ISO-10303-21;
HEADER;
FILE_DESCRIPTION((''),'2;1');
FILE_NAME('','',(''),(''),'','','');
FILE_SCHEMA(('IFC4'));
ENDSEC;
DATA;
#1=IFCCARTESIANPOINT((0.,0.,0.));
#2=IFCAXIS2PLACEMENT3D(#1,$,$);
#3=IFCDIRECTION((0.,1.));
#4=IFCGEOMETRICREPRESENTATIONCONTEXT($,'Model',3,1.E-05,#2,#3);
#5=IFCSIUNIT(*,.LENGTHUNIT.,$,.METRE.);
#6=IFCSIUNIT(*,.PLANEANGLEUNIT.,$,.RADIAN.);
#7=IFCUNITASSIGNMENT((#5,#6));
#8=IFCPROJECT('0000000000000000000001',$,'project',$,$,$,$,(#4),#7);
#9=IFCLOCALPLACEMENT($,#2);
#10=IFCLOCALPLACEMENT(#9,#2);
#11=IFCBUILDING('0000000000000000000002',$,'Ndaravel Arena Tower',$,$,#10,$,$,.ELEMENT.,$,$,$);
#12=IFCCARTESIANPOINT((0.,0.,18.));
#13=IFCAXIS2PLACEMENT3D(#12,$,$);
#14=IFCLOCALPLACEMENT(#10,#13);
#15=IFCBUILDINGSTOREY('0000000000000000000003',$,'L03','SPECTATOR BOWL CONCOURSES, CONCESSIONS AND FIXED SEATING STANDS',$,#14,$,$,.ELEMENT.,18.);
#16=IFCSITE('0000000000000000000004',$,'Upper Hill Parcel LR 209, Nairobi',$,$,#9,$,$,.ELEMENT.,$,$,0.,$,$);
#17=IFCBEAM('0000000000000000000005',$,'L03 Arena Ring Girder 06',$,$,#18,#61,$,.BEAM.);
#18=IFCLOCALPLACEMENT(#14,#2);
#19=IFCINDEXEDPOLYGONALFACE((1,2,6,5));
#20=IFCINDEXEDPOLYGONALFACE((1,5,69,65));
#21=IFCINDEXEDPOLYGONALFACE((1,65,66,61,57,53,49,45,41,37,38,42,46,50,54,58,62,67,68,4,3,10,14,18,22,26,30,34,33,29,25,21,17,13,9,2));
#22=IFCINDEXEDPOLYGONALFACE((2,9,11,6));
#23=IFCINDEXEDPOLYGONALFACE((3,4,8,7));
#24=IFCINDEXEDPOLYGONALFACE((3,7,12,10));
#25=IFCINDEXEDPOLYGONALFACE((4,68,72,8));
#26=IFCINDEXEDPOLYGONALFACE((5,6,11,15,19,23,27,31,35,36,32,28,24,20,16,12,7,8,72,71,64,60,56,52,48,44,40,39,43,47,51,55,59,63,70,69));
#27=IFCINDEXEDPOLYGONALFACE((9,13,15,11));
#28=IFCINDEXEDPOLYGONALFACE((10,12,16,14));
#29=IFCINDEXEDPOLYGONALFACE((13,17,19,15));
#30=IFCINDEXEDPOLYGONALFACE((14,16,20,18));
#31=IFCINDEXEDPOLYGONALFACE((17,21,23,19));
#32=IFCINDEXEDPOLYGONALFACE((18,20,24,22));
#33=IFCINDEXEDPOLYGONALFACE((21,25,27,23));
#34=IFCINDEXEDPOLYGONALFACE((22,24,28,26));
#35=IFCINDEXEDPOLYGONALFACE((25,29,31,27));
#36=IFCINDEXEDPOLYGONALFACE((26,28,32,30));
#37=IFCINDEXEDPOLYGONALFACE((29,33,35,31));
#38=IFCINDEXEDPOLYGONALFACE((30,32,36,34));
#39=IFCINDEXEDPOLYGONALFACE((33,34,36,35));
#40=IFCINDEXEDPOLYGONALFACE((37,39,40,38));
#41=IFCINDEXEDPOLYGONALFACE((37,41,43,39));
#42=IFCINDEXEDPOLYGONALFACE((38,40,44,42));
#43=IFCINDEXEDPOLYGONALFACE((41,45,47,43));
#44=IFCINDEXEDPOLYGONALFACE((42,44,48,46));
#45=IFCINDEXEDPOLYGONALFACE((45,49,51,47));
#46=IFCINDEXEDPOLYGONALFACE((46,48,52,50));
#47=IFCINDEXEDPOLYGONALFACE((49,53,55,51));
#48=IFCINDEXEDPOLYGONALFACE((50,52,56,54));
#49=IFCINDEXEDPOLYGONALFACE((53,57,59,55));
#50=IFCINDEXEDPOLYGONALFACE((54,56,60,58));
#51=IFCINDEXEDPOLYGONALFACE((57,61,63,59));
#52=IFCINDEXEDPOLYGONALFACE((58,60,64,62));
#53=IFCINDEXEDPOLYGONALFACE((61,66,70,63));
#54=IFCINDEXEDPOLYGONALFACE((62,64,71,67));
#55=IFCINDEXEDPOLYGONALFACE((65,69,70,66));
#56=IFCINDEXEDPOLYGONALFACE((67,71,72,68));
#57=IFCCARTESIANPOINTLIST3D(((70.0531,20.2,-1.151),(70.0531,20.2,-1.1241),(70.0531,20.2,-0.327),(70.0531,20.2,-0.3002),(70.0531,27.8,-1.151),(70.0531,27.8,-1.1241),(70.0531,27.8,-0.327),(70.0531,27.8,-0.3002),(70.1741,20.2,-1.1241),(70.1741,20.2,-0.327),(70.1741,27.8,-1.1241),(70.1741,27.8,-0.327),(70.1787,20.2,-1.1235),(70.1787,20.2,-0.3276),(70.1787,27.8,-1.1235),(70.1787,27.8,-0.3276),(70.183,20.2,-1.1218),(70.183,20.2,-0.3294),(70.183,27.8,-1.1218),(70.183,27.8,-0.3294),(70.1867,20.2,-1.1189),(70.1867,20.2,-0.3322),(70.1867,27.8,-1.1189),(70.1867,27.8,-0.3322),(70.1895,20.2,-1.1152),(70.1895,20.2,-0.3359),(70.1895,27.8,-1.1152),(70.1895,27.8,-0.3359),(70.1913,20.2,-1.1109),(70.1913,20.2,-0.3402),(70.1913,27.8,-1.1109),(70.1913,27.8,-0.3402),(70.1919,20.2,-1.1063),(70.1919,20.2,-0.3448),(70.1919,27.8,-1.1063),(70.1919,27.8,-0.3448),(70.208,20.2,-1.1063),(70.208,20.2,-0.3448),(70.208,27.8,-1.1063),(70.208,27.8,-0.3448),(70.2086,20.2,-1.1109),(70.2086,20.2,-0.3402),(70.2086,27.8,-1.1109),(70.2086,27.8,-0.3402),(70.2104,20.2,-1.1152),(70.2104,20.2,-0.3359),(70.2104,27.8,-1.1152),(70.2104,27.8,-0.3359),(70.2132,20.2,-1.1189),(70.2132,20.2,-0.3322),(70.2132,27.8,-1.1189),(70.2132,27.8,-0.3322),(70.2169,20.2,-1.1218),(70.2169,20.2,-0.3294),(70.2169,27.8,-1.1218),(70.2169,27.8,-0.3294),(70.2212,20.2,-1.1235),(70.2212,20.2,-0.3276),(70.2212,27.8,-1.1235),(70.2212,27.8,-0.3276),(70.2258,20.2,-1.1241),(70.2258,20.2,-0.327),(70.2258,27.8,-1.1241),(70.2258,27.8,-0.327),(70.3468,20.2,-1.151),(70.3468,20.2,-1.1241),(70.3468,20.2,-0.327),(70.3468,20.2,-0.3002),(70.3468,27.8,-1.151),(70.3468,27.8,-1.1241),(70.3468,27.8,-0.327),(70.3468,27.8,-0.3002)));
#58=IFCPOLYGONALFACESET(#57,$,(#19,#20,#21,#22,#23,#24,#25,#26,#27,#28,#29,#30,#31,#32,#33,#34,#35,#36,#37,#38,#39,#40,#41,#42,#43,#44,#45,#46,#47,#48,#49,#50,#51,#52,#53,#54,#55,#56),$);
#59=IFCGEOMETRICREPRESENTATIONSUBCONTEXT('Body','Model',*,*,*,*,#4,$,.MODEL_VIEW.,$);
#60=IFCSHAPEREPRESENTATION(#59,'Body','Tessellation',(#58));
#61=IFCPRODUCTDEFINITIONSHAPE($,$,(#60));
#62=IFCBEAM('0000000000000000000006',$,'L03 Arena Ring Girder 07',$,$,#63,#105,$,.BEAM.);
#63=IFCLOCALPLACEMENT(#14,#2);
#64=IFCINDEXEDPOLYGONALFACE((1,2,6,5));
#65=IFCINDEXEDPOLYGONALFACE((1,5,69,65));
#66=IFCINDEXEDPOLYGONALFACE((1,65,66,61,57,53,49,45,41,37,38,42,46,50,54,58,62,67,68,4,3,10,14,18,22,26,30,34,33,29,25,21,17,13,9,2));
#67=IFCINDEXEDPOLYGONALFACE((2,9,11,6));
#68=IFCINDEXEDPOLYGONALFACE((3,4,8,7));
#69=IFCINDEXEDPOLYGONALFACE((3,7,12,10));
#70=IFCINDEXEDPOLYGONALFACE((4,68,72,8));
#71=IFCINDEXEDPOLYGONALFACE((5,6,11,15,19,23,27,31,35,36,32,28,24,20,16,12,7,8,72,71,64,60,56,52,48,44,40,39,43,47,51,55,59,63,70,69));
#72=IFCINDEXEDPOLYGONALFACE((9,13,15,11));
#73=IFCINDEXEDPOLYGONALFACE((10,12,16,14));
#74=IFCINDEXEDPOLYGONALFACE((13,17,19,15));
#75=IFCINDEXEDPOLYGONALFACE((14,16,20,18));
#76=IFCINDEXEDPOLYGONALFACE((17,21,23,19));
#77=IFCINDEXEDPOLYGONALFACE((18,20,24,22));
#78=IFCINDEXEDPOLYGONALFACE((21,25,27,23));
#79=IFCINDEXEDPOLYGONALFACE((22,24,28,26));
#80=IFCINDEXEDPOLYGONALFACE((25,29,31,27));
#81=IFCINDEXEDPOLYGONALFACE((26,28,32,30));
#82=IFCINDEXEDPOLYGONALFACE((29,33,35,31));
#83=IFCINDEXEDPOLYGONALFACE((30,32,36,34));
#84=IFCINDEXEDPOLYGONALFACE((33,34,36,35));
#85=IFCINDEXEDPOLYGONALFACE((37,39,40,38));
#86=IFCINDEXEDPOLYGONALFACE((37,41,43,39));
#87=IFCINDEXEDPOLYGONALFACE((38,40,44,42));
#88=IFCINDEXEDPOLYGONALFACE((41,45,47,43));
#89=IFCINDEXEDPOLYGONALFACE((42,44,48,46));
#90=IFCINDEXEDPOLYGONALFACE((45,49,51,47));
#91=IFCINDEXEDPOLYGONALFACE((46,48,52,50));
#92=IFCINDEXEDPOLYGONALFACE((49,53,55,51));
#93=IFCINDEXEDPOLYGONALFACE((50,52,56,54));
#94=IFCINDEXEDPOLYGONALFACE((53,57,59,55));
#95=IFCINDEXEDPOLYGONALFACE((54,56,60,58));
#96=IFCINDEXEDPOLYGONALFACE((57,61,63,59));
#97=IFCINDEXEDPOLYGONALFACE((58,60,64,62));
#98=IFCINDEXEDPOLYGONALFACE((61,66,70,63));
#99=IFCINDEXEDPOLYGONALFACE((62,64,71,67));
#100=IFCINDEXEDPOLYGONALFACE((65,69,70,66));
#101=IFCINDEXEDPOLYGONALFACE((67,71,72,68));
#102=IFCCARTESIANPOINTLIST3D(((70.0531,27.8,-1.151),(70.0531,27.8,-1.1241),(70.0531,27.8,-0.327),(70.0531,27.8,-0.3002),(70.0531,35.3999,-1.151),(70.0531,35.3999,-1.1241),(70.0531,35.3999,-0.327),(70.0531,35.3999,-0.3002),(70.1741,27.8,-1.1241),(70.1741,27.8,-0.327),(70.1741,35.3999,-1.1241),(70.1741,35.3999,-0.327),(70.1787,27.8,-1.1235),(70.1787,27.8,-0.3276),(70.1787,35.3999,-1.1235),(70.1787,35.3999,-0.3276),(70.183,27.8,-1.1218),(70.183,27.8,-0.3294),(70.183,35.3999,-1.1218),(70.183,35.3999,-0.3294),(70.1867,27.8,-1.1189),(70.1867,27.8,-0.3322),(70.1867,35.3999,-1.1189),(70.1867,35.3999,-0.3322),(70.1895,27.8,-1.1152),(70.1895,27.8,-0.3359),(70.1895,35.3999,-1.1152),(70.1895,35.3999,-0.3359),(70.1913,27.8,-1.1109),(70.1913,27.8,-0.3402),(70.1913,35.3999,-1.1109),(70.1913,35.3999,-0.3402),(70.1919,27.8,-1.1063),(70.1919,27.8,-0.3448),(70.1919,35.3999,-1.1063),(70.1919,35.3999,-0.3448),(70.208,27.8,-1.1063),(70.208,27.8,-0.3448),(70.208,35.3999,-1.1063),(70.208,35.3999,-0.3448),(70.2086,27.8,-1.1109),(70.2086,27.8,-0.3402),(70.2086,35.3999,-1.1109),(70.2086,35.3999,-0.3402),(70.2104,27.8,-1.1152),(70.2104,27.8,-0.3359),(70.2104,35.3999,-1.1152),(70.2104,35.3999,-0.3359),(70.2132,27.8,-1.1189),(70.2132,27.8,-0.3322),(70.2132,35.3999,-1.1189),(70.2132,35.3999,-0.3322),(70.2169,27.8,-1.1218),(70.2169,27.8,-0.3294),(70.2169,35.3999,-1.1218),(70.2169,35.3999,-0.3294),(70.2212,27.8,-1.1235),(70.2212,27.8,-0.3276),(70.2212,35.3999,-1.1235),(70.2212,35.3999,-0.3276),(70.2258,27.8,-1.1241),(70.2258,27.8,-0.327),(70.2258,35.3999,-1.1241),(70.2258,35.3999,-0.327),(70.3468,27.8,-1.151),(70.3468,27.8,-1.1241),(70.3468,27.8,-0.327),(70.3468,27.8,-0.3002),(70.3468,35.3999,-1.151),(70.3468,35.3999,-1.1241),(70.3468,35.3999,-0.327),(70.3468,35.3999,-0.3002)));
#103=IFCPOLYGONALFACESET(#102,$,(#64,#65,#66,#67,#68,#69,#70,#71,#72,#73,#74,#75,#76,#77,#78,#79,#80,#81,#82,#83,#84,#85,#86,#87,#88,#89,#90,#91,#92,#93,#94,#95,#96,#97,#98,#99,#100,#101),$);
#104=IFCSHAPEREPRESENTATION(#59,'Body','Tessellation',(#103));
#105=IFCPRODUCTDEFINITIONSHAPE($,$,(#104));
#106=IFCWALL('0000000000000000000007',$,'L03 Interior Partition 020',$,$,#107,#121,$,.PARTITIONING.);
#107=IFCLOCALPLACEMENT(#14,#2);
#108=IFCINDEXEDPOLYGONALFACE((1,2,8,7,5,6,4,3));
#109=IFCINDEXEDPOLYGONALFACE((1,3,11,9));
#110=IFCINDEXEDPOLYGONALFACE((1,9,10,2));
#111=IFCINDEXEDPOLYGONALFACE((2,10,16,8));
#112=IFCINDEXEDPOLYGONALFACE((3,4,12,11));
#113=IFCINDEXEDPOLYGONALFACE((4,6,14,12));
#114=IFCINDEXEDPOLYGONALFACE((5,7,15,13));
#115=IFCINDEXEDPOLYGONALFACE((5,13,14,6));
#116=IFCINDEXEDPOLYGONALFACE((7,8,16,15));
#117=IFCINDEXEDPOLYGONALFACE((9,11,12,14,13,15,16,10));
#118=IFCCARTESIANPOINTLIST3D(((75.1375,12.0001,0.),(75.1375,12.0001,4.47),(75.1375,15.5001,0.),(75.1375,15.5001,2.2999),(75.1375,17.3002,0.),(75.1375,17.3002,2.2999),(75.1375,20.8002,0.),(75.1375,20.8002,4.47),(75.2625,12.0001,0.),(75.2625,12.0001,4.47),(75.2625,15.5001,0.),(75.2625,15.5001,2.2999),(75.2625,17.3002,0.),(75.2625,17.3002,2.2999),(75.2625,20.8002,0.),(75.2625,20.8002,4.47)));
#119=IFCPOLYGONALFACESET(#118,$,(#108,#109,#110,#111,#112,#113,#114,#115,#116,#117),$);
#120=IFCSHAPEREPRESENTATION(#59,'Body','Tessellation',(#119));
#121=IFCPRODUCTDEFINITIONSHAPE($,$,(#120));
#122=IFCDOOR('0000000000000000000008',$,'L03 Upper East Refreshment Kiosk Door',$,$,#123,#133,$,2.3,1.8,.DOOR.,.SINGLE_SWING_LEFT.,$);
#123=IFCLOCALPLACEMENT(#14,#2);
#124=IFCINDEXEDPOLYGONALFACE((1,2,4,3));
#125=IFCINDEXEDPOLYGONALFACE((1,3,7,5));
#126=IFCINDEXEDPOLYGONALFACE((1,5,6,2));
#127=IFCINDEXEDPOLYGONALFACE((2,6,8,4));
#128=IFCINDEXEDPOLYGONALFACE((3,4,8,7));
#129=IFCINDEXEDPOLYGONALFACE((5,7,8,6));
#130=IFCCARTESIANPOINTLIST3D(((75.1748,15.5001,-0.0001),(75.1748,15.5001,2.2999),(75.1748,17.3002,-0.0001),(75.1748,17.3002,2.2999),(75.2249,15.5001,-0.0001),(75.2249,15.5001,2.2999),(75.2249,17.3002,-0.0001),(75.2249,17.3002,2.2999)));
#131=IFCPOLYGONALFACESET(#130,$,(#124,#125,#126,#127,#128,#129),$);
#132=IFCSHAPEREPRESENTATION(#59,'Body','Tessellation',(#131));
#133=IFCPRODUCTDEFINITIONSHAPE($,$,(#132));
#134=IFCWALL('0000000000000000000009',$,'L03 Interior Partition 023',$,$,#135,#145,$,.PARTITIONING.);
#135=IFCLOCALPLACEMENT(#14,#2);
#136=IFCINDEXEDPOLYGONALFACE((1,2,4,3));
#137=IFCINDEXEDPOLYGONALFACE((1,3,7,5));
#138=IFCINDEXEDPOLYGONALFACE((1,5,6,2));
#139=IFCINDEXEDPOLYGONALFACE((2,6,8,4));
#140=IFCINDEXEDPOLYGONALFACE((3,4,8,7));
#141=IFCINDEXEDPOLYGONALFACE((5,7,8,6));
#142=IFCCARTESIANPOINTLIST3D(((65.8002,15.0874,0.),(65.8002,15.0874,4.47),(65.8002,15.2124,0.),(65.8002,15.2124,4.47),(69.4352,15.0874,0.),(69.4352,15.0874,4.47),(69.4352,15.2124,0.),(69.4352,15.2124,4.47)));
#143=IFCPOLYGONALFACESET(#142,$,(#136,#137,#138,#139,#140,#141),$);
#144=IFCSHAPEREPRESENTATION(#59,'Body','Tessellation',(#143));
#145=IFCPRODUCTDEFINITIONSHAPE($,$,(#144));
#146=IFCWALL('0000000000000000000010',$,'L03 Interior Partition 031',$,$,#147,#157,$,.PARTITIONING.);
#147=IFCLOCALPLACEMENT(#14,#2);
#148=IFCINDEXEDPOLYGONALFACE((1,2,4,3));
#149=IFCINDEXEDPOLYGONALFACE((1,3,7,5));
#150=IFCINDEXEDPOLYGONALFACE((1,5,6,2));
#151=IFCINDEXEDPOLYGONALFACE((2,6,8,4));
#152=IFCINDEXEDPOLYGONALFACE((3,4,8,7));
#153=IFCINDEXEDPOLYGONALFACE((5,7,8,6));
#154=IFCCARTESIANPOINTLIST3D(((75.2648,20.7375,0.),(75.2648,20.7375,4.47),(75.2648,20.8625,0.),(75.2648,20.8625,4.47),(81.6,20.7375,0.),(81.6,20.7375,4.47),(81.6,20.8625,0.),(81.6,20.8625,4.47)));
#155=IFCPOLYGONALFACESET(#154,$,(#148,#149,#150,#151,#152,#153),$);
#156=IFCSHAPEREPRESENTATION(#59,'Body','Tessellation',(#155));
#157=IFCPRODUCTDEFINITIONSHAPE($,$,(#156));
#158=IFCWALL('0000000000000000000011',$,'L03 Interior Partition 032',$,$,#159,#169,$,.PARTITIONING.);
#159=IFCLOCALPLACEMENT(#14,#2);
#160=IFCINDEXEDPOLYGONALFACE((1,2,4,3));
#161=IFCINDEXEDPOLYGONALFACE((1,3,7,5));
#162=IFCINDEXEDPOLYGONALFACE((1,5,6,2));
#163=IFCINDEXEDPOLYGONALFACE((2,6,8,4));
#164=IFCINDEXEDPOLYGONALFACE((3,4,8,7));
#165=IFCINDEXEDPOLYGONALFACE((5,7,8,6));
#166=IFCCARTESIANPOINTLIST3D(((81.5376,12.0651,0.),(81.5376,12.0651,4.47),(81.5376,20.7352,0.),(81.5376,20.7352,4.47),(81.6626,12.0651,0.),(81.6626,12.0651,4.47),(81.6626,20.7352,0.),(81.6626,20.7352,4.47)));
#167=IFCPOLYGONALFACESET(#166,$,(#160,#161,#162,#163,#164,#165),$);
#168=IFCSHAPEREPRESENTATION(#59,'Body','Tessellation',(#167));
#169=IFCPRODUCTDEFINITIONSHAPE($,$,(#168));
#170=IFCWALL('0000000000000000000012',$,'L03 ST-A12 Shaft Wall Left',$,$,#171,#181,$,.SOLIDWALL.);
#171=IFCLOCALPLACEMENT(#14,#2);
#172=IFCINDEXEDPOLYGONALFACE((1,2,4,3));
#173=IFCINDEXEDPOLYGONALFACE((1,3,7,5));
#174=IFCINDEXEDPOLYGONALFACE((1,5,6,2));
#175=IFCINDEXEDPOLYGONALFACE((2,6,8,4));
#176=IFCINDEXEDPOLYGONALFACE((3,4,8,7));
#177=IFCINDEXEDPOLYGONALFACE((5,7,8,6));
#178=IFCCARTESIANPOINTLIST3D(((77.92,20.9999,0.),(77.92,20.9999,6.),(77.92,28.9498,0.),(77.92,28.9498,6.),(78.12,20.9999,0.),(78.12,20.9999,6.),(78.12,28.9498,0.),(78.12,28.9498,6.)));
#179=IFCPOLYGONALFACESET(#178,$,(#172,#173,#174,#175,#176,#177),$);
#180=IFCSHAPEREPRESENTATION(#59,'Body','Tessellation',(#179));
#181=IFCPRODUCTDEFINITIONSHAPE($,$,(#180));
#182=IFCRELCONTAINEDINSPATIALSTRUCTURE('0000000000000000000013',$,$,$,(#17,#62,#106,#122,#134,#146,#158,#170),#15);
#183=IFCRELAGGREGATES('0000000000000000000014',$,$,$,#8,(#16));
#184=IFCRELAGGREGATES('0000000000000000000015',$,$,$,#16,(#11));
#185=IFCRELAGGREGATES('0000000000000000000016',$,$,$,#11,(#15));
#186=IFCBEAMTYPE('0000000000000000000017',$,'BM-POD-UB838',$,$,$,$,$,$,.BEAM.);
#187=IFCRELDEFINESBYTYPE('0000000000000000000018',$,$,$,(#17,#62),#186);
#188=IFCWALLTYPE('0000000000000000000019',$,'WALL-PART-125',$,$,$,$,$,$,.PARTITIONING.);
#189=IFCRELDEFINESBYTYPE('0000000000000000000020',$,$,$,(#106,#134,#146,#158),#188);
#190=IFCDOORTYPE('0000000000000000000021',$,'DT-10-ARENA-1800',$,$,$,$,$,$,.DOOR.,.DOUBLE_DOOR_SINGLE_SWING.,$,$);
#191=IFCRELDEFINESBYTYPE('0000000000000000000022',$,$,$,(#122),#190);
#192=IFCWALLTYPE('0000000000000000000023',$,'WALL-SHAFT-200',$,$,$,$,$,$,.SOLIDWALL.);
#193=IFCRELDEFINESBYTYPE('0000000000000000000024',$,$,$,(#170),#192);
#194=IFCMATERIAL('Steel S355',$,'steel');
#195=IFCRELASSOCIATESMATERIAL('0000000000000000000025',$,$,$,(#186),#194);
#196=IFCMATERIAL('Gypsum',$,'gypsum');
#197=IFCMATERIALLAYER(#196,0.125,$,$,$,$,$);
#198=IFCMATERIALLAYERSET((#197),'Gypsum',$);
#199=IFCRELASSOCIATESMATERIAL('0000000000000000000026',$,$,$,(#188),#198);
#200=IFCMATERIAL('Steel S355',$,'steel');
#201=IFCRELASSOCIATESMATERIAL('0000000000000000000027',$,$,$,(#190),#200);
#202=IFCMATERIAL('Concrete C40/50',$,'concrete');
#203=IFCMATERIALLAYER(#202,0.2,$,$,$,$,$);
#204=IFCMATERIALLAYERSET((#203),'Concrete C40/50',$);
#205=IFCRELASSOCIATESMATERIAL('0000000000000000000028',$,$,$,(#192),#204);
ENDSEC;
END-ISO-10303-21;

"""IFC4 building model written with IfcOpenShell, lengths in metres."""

from ifc_helpers import new_model, si_unit, direction, frame, frame_2d, origin, origin_2d, place, context, subcontext, project, spatial, rectangle, i_section, extrude, material, layer, layer_set, material_profile, profile_set, type_object, element, fill, save


model = new_model("IFC4")

# Units and contexts
model_context = context("Model", 3, precision=1e-05, world=origin(), true_north=direction((0.0, 1.0)))
body_context = subcontext(model_context, "Body", "Model", "MODEL_VIEW")
ifc_project = project(units=[si_unit("LENGTHUNIT", "METRE"), si_unit("PLANEANGLEUNIT", "RADIAN")], contexts=[model_context])

# Site, building, storey
site_placement = place(None, origin())
site = spatial("IfcSite", under=ifc_project, at=site_placement, Name="Upper Hill Parcel LR 209, Nairobi", CompositionType="ELEMENT", RefElevation=0.0)
building_placement = place(site_placement, origin())
building = spatial("IfcBuilding", under=site, at=building_placement, Name="Ndaravel Arena Tower", CompositionType="ELEMENT")
storey_placement = place(building_placement, frame((0.0, 0.0, 18.0)))
storey = spatial("IfcBuildingStorey", under=building, at=storey_placement, Name="L03", Description="SPECTATOR BOWL CONCOURSES, CONCESSIONS AND FIXED SEATING STANDS", CompositionType="ELEMENT", Elevation=18.0)

# Beams
ifc_material_1 = material(Name="Steel S355", Category="steel")
ifc_material_profile_1 = material_profile(ifc_material_1, i_section(OverallWidth=0.2937, OverallDepth=0.8508, WebThickness=0.0161, FlangeThickness=0.0269, FilletRadius=0.0178, at=origin_2d()), Name="UB 838x292x226")
ifc_profile_set_1 = profile_set([ifc_material_profile_1], Name="Steel S355")
beam_type_1 = type_object("IfcBeamType", Name="BM-POD-UB838", PredefinedType="BEAM", material=ifc_profile_set_1)
beam_1_placement = place(storey_placement, frame((70.2, 20.2, -0.7256), z_axis=(0.0, 1.0, 0.0), x_axis=(-1.0, 0.0, 0.0)))
element("IfcBeam", 1, at=beam_1_placement, inside=storey, type_object=beam_type_1, Name="L03 Arena Ring Girder 06", PredefinedType="BEAM", context=body_context, shape_type="SweptSolid", body=[
    extrude(i_section(OverallWidth=0.2937, OverallDepth=0.8508, WebThickness=0.0161, FlangeThickness=0.0269, FilletRadius=0.0178, at=origin_2d()), origin(), (0.0, 0.0, 1.0), 7.6001),
])
beam_2_placement = place(storey_placement, frame((70.2, 27.8, -0.7256), z_axis=(0.0, 1.0, 0.0), x_axis=(-1.0, 0.0, 0.0)))
element("IfcBeam", 2, at=beam_2_placement, inside=storey, type_object=beam_type_1, Name="L03 Arena Ring Girder 07", PredefinedType="BEAM", context=body_context, shape_type="SweptSolid", body=[
    extrude(i_section(OverallWidth=0.2937, OverallDepth=0.8508, WebThickness=0.0161, FlangeThickness=0.0269, FilletRadius=0.0178, at=origin_2d()), origin(), (0.0, 0.0, 1.0), 7.5999),
])

# Wall, opening, door
ifc_material_2 = material(Name="Gypsum", Category="gypsum")
ifc_layer_1 = layer(ifc_material_2, 0.125)
ifc_layer_set_1 = layer_set([ifc_layer_1], Name="Gypsum")
wall_type_1 = type_object("IfcWallType", Name="WALL-PART-125", PredefinedType="PARTITIONING", material=ifc_layer_set_1)
wall_1_placement = place(storey_placement, frame((75.2, 20.8, 0.0), z_axis=(0.0, 0.0, 1.0), x_axis=(0.0, -1.0, 0.0)))
wall_1 = element("IfcWall", 3, at=wall_1_placement, inside=storey, type_object=wall_type_1, Name="L03 Interior Partition 020", PredefinedType="PARTITIONING", context=body_context, shape_type="SweptSolid", body=[
    extrude(rectangle(XDim=8.8, YDim=0.125, at=frame_2d((4.3999, 0.0))), origin(), (0.0, 0.0, 1.0), 4.47),
])
opening_1_placement = place(wall_1_placement, frame((3.5, 0.0, 0.0)))
opening_1 = element("IfcOpeningElement", 4, at=opening_1_placement, cuts=wall_1, PredefinedType="OPENING", context=body_context, shape_type="SweptSolid", body=[
    extrude(rectangle(XDim=1.8, YDim=2.3, at=frame_2d((0.8999, 1.1499))), frame((0.0, 0.0625, 0.0), z_axis=(0.0, -1.0, 0.0), x_axis=(1.0, 0.0, 0.0)), (0.0, 0.0, 1.0), 0.125),
])
ifc_material_3 = material(Name="Steel S355", Category="steel")
door_type = type_object("IfcDoorType", Name="DT-10-ARENA-1800", OperationType="DOUBLE_DOOR_SINGLE_SWING", PredefinedType="DOOR", material=ifc_material_3)
door_placement = place(opening_1_placement, origin())
door = element("IfcDoor", 5, at=door_placement, inside=storey, type_object=door_type, Name="L03 Upper East Refreshment Kiosk Door", OperationType="SINGLE_SWING_LEFT", OverallHeight=2.3, OverallWidth=1.8, PredefinedType="DOOR", context=body_context, shape_type="SweptSolid", body=[
    extrude(rectangle(XDim=1.8, YDim=2.3, at=frame_2d((0.8999, 1.1499))), frame((0.0, 0.0249, 0.0), z_axis=(0.0, -1.0, 0.0), x_axis=(1.0, 0.0, 0.0)), (0.0, 0.0, 1.0), 0.05),
])
fill(opening_1, door)

# Walls
wall_2_placement = place(storey_placement, frame((69.4351, 15.1499, 0.0), z_axis=(0.0, 0.0, 1.0), x_axis=(-1.0, 0.0, 0.0)))
element("IfcWall", 6, at=wall_2_placement, inside=storey, type_object=wall_type_1, Name="L03 Interior Partition 023", PredefinedType="PARTITIONING", context=body_context, shape_type="SweptSolid", body=[
    extrude(rectangle(XDim=3.635, YDim=0.125, at=frame_2d((1.8174, 0.0))), origin(), (0.0, 0.0, 1.0), 4.47),
])
wall_3_placement = place(storey_placement, frame((75.2649, 20.8, 0.0), z_axis=(0.0, 0.0, 1.0), x_axis=(1.0, 0.0, 0.0)))
element("IfcWall", 7, at=wall_3_placement, inside=storey, type_object=wall_type_1, Name="L03 Interior Partition 031", PredefinedType="PARTITIONING", context=body_context, shape_type="SweptSolid", body=[
    extrude(rectangle(XDim=6.3352, YDim=0.125, at=frame_2d((3.1675, 0.0))), origin(), (0.0, 0.0, 1.0), 4.47),
])
wall_4_placement = place(storey_placement, frame((81.6001, 20.7351, 0.0), z_axis=(0.0, 0.0, 1.0), x_axis=(0.0, -1.0, 0.0)))
element("IfcWall", 8, at=wall_4_placement, inside=storey, type_object=wall_type_1, Name="L03 Interior Partition 032", PredefinedType="PARTITIONING", context=body_context, shape_type="SweptSolid", body=[
    extrude(rectangle(XDim=8.6702, YDim=0.125, at=frame_2d((4.335, 0.0))), origin(), (0.0, 0.0, 1.0), 4.47),
])

# Wall
ifc_material_4 = material(Name="Concrete C40/50", Category="concrete")
ifc_layer_2 = layer(ifc_material_4, 0.2)
ifc_layer_set_2 = layer_set([ifc_layer_2], Name="Concrete C40/50")
wall_type_2 = type_object("IfcWallType", Name="WALL-SHAFT-200", PredefinedType="SOLIDWALL", material=ifc_layer_set_2)
wall_5_placement = place(storey_placement, frame((78.02, 28.95, 0.0), z_axis=(0.0, 0.0, 1.0), x_axis=(0.0, -1.0, 0.0)))
element("IfcWall", 9, at=wall_5_placement, inside=storey, type_object=wall_type_2, Name="L03 ST-A12 Shaft Wall Left", PredefinedType="SOLIDWALL", context=body_context, shape_type="SweptSolid", body=[
    extrude(rectangle(XDim=7.95, YDim=0.2, at=frame_2d((3.9751, 0.0))), origin(), (0.0, 0.0, 1.0), 6.0),
])

save(model, "model.ifc")
